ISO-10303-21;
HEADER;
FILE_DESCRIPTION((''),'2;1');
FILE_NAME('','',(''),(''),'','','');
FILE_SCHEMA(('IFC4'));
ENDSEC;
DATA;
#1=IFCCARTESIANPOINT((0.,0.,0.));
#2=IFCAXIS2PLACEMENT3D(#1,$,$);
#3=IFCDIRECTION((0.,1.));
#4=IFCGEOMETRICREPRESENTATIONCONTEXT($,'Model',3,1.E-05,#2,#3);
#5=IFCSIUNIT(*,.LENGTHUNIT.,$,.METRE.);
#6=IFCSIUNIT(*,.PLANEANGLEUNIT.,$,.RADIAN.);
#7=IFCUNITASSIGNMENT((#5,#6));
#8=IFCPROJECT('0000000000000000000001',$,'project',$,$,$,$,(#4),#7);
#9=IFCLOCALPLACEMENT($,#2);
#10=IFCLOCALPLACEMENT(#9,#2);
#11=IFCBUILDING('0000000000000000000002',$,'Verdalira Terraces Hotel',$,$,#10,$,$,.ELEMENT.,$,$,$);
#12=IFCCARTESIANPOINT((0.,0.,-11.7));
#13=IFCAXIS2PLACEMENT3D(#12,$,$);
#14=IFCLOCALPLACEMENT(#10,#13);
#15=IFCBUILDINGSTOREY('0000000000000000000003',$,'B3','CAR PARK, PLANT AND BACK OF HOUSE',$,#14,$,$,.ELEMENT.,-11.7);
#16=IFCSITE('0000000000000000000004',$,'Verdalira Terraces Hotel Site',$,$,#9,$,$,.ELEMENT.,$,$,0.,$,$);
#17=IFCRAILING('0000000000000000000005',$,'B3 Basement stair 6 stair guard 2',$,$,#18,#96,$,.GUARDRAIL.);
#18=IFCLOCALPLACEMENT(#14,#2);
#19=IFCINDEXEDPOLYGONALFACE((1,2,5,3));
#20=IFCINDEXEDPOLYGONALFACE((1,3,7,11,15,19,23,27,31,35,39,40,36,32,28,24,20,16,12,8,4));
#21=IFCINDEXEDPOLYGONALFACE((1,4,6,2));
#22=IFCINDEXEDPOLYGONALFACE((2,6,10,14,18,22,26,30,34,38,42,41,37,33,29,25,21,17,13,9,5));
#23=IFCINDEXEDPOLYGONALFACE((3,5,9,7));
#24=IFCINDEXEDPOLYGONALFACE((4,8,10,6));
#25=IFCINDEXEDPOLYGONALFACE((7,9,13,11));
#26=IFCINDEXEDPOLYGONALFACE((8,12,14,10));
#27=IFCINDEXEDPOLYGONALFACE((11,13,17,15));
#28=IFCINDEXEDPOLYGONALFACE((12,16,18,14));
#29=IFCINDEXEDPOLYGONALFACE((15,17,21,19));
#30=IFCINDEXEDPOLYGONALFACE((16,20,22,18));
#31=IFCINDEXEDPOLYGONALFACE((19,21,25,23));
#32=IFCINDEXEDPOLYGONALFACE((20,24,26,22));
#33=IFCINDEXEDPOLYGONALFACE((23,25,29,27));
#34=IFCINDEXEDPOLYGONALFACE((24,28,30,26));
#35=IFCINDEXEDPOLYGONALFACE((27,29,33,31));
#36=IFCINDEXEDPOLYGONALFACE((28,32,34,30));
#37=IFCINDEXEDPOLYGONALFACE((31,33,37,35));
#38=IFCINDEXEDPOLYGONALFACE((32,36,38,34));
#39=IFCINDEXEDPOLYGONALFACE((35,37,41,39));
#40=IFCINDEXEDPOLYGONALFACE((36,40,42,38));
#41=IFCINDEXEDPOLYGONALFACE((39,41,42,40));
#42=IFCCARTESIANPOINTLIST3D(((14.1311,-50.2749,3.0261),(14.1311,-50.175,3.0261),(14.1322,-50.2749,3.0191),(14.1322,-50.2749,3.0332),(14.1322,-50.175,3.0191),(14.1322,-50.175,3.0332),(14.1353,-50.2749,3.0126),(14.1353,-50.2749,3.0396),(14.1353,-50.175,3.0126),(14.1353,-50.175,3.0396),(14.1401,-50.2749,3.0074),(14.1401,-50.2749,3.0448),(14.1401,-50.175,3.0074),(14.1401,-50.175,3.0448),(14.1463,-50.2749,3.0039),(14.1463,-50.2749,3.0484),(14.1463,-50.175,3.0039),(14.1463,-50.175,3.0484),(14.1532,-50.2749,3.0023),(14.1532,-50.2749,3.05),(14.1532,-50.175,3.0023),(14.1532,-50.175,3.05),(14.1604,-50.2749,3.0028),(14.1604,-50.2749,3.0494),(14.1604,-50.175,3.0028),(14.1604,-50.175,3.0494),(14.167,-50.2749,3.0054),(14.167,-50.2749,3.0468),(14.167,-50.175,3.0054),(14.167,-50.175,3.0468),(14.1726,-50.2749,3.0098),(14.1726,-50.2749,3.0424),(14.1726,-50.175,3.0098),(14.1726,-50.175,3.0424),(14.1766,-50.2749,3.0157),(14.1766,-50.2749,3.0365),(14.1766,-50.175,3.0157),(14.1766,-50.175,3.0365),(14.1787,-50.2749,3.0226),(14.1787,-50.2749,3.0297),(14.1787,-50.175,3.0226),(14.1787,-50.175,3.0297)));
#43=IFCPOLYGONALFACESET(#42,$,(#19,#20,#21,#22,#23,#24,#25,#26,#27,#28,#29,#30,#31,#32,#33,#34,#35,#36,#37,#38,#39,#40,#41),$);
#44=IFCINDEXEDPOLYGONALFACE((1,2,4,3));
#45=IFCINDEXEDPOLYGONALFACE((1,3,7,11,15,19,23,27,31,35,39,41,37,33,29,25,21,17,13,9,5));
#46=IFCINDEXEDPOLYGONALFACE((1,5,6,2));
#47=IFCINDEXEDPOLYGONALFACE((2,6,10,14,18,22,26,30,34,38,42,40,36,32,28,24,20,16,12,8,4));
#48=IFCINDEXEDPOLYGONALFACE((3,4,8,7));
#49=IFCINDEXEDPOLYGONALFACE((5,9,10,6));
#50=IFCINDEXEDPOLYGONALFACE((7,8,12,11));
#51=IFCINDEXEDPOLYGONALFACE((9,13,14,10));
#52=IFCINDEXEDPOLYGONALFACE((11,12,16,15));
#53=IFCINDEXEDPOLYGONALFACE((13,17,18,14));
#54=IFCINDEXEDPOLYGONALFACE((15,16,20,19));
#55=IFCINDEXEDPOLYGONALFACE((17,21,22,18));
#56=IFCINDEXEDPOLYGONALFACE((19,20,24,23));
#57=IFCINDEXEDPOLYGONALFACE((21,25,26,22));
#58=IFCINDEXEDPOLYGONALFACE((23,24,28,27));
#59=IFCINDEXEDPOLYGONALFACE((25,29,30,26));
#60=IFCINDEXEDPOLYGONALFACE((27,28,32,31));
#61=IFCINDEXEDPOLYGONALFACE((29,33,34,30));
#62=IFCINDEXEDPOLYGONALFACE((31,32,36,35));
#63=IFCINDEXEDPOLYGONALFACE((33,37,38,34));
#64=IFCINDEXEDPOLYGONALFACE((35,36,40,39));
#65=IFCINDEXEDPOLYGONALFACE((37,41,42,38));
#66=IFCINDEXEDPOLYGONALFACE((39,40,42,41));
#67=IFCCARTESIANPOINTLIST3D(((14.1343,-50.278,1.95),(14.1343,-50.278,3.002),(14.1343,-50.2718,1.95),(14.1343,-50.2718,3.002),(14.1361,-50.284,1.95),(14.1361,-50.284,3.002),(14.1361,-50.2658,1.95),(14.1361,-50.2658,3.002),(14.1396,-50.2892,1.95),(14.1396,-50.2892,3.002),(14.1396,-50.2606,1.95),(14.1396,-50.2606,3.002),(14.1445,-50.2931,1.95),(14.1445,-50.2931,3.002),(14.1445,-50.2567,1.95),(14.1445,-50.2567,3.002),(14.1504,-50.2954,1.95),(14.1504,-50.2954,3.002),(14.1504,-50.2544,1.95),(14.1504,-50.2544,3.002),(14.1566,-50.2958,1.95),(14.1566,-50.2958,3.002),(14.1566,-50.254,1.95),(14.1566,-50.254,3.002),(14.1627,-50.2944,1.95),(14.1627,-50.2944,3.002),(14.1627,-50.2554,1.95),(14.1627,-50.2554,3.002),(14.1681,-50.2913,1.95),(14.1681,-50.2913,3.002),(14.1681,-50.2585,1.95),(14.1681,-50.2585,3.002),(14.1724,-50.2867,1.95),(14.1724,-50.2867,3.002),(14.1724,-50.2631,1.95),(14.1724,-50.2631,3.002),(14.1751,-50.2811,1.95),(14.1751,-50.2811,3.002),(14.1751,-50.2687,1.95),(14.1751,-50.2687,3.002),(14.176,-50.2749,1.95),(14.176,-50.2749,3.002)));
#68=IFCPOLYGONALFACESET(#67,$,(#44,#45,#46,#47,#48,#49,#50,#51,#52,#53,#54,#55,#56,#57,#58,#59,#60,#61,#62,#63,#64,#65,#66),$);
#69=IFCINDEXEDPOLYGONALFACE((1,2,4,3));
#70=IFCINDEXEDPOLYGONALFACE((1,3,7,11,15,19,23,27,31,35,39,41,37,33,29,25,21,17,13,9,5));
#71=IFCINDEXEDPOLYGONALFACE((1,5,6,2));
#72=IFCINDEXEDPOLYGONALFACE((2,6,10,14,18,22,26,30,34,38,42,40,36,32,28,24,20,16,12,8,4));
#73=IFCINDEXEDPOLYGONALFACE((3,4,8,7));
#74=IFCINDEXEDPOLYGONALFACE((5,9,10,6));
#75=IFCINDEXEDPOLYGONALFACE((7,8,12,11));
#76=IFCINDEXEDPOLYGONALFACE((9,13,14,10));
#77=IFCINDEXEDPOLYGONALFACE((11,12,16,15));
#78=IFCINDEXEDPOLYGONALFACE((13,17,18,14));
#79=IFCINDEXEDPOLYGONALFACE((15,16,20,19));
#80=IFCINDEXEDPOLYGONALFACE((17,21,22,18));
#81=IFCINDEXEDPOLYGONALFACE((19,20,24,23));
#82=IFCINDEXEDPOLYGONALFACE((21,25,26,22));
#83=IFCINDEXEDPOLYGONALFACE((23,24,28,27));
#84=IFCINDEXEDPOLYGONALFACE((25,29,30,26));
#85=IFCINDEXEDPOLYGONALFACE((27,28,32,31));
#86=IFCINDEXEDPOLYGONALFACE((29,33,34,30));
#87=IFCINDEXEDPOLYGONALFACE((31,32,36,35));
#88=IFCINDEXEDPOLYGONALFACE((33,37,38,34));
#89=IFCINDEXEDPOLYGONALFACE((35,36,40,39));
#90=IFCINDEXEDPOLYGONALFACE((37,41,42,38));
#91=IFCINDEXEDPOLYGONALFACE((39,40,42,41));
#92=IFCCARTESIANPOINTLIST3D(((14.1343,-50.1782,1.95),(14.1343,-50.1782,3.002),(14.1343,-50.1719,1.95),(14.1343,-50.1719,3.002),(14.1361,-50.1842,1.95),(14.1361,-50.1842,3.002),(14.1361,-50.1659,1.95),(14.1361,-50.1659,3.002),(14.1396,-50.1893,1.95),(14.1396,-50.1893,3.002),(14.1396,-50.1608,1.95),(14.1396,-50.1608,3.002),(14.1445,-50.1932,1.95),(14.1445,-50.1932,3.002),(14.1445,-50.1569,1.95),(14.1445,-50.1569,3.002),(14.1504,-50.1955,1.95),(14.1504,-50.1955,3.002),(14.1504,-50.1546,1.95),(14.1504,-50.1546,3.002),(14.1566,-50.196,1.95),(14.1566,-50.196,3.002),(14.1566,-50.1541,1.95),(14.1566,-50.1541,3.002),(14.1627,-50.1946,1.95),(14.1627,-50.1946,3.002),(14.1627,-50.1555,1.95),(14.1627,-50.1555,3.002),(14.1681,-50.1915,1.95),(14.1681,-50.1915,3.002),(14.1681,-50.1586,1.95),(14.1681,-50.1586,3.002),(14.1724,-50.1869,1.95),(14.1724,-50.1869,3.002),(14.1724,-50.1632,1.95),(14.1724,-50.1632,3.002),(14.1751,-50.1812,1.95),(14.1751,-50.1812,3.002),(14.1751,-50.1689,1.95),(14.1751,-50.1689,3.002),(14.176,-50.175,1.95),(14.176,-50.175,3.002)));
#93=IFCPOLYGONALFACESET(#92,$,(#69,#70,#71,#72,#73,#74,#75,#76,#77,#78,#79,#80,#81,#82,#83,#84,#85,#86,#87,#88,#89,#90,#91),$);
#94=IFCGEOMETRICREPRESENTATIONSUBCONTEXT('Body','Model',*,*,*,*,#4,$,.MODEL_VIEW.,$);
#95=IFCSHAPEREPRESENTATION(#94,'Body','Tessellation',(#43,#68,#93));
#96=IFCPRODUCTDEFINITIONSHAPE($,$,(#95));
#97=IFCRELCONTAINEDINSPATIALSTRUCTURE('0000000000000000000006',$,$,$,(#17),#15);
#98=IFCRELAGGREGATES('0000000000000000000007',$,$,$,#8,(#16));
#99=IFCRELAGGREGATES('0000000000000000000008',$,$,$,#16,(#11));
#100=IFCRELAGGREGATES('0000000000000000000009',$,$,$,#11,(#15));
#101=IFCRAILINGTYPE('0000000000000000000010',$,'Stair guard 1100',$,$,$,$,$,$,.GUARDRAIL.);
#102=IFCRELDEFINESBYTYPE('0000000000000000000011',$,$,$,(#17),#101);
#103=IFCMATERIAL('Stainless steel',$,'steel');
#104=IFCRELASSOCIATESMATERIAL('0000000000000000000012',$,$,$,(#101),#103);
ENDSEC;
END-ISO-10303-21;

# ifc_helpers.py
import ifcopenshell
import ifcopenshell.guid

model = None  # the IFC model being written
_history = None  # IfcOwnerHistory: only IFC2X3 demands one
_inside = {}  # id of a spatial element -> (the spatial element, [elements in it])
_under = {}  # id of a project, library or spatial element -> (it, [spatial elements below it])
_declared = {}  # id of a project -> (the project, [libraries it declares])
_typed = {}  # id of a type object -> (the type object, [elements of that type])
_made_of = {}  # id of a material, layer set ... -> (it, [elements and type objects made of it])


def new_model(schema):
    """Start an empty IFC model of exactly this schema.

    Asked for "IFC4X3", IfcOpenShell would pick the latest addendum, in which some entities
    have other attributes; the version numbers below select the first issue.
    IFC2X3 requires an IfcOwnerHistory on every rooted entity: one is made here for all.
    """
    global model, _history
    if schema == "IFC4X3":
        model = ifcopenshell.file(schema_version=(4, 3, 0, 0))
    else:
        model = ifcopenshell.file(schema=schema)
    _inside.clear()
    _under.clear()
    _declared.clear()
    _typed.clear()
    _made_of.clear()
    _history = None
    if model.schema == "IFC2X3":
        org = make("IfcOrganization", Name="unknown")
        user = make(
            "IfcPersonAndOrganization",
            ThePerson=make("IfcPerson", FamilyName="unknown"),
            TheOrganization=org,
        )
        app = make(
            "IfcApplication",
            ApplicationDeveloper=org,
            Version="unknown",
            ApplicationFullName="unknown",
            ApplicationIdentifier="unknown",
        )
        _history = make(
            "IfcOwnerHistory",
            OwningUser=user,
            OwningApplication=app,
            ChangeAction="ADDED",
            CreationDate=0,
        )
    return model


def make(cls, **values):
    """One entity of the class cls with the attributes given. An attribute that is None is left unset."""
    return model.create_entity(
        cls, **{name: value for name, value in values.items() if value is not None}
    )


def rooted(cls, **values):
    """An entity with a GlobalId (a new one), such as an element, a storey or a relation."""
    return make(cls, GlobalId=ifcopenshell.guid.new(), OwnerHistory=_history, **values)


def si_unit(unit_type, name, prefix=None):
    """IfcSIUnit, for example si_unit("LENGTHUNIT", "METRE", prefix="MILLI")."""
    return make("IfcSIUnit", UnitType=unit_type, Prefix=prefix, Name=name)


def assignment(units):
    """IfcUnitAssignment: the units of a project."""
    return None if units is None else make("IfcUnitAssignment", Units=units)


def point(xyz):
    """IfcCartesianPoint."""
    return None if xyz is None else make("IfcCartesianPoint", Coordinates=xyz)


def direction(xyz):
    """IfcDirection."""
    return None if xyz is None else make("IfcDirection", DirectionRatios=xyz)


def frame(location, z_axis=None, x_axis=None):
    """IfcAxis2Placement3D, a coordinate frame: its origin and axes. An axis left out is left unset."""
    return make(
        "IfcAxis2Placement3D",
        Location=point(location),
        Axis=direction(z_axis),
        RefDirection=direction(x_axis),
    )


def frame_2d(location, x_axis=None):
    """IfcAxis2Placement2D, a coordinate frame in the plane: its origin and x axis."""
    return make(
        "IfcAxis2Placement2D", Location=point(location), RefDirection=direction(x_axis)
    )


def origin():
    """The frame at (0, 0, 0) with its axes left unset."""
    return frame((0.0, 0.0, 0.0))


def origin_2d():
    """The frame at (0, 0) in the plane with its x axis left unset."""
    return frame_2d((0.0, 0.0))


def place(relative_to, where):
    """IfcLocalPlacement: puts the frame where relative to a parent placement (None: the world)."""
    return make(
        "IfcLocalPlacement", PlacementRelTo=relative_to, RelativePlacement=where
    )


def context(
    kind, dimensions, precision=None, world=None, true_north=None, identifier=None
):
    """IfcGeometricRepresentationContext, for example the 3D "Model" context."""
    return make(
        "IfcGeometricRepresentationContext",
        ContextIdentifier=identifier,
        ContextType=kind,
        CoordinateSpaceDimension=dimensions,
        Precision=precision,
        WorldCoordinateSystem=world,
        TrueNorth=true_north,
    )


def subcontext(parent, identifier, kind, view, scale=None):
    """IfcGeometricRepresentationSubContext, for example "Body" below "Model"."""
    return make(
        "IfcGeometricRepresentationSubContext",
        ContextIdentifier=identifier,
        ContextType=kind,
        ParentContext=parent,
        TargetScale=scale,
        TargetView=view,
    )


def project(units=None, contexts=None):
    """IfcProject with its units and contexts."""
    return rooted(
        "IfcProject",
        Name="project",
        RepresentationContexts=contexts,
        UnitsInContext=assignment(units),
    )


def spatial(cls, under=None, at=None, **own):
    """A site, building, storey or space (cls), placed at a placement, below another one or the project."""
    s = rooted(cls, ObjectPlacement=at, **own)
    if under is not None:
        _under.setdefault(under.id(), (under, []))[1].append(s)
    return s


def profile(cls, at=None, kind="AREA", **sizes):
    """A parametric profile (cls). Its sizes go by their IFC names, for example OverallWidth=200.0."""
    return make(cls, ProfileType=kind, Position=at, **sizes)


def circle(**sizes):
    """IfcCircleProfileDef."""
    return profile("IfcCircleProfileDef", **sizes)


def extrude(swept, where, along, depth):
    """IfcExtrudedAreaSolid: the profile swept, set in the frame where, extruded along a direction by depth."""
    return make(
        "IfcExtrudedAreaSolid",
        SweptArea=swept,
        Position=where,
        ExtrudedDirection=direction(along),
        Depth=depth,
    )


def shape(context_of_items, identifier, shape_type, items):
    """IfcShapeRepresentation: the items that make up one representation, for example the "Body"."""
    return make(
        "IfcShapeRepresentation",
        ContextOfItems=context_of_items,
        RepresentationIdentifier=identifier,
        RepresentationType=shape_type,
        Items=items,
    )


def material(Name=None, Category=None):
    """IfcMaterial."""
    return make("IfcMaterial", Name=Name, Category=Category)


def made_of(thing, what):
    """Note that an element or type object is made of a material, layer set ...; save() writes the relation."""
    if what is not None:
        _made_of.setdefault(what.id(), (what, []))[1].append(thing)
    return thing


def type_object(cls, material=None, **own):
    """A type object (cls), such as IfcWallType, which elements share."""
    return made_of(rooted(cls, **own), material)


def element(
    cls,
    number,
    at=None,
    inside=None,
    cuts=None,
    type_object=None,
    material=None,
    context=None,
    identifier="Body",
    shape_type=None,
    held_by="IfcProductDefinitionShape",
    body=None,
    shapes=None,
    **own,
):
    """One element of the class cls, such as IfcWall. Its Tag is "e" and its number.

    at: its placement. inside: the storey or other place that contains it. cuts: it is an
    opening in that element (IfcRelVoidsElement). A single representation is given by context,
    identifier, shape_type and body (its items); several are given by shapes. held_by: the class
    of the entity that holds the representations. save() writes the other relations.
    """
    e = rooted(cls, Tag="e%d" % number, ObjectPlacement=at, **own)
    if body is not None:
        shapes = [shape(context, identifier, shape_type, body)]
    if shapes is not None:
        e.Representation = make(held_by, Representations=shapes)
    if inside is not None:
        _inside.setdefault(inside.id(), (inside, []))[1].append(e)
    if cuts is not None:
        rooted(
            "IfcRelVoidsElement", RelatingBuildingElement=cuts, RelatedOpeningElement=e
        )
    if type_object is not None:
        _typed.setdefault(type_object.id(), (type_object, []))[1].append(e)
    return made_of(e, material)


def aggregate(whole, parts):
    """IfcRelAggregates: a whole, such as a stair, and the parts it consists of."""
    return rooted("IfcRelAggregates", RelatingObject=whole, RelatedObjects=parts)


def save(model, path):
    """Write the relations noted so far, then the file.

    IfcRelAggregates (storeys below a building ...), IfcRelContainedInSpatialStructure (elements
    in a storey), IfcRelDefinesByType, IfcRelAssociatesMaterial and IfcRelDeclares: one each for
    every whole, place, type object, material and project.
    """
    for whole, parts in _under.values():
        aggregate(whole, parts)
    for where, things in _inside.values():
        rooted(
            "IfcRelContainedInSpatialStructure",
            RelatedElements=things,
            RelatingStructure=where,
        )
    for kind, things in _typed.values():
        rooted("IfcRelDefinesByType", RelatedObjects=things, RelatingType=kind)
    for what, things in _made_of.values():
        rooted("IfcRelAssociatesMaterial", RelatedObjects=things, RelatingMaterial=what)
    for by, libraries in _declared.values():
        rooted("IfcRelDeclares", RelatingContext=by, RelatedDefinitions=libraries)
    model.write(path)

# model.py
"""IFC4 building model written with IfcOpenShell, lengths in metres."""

from ifc_helpers import new_model, si_unit, direction, frame, origin, origin_2d, place, context, subcontext, project, spatial, circle, extrude, material, type_object, element, save


model = new_model("IFC4")

# Units and contexts
model_context = context("Model", 3, precision=1e-05, world=origin(), true_north=direction((0.0, 1.0)))
body_context = subcontext(model_context, "Body", "Model", "MODEL_VIEW")
ifc_project = project(units=[si_unit("LENGTHUNIT", "METRE"), si_unit("PLANEANGLEUNIT", "RADIAN")], contexts=[model_context])

# Site, building, storey
site_placement = place(None, origin())
site = spatial("IfcSite", under=ifc_project, at=site_placement, Name="Verdalira Terraces Hotel Site", CompositionType="ELEMENT", RefElevation=0.0)
building_placement = place(site_placement, origin())
building = spatial("IfcBuilding", under=site, at=building_placement, Name="Verdalira Terraces Hotel", CompositionType="ELEMENT")
storey_placement = place(building_placement, frame((0.0, 0.0, -11.7)))
storey = spatial("IfcBuildingStorey", under=building, at=storey_placement, Name="B3", Description="CAR PARK, PLANT AND BACK OF HOUSE", CompositionType="ELEMENT", Elevation=-11.7)

# Railing
ifc_material_1 = material(Name="Stainless steel", Category="steel")
railing_type_1 = type_object("IfcRailingType", Name="Stair guard 1100", PredefinedType="GUARDRAIL", material=ifc_material_1)
railing_1_placement = place(storey_placement, frame((14.155, -50.2749, 1.95)))
element("IfcRailing", 1, at=railing_1_placement, inside=storey, type_object=railing_type_1, Name="B3 Basement stair 6 stair guard 2", PredefinedType="GUARDRAIL", context=body_context, shape_type="SweptSolid", body=[
    extrude(circle(Radius=0.0239, at=origin_2d()), frame((0.0, 0.0, 1.0762), z_axis=(0.0, 1.0, 0.0), x_axis=(-1.0, 0.0, 0.0)), (0.0, 0.0, 1.0), 0.0999),
    extrude(circle(Radius=0.021, at=origin_2d()), origin(), (0.0, 0.0, 1.0), 1.052),
    extrude(circle(Radius=0.021, at=origin_2d()), frame((0.0, 0.0999, 0.0)), (0.0, 0.0, 1.0), 1.052),
])

save(model, "model.ifc")
